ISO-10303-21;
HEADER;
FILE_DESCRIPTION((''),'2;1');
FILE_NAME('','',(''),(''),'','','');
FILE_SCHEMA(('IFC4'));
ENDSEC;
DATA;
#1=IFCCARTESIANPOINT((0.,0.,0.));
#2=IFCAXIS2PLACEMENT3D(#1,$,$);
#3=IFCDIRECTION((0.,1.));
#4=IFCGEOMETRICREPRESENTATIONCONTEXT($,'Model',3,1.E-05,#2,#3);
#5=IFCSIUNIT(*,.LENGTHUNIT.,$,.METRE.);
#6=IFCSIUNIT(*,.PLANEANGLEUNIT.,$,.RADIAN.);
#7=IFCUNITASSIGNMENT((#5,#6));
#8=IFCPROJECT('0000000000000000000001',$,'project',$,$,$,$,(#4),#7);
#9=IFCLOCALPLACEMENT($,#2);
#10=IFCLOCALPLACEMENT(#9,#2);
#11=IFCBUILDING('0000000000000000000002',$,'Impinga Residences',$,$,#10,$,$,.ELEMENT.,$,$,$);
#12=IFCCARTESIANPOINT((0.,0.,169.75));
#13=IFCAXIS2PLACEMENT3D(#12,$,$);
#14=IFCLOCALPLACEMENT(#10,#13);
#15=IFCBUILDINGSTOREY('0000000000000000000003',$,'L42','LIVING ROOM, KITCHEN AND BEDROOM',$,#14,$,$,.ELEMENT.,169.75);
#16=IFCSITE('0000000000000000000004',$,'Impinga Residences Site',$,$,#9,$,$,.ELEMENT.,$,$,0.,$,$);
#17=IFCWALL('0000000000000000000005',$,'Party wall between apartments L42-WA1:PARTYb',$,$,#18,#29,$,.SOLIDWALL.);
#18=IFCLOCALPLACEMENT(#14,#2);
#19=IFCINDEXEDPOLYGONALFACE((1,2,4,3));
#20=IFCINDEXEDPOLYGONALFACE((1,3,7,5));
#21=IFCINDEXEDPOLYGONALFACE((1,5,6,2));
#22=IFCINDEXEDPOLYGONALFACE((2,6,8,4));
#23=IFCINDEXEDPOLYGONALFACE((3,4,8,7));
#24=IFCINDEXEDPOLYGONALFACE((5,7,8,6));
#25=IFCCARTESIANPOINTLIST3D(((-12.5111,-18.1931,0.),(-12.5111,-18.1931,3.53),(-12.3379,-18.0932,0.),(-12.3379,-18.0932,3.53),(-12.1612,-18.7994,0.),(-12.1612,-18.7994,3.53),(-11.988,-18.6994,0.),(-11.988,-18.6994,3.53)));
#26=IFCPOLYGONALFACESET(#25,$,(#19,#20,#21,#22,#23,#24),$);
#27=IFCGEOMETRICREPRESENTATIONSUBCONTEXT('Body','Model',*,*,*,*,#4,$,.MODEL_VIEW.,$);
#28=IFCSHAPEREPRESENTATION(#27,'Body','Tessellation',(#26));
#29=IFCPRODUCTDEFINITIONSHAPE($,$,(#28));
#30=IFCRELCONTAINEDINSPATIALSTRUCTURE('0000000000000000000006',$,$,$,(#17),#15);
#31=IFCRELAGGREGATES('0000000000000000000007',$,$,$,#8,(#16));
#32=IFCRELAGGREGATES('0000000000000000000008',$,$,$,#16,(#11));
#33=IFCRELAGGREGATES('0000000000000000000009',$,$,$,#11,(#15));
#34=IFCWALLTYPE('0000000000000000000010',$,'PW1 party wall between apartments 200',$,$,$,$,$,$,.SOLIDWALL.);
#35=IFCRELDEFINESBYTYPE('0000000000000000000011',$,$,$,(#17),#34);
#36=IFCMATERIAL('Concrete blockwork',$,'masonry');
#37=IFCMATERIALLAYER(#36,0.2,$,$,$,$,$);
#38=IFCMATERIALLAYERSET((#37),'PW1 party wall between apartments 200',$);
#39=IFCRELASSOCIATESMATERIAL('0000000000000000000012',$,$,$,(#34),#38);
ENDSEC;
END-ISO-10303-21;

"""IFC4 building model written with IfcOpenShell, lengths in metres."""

from ifc_helpers import new_model, si_unit, direction, frame, frame_2d, origin, place, context, subcontext, project, spatial, rectangle, extrude, material, layer, layer_set, type_object, element, save


model = new_model("IFC4")

# Units and contexts
model_context = context("Model", 3, precision=1e-05, world=origin(), true_north=direction((0.0, 1.0)))
body_context = subcontext(model_context, "Body", "Model", "MODEL_VIEW")
ifc_project = project(units=[si_unit("LENGTHUNIT", "METRE"), si_unit("PLANEANGLEUNIT", "RADIAN")], contexts=[model_context])

# Site, building, storey
site_placement = place(None, origin())
site = spatial("IfcSite", under=ifc_project, at=site_placement, Name="Impinga Residences Site", CompositionType="ELEMENT", RefElevation=0.0)
building_placement = place(site_placement, origin())
building = spatial("IfcBuilding", under=site, at=building_placement, Name="Impinga Residences", CompositionType="ELEMENT")
storey_placement = place(building_placement, frame((0.0, 0.0, 169.75)))
storey = spatial("IfcBuildingStorey", under=building, at=storey_placement, Name="L42", Description="LIVING ROOM, KITCHEN AND BEDROOM", CompositionType="ELEMENT", Elevation=169.75)

# Wall
ifc_material_1 = material(Name="Concrete blockwork", Category="masonry")
ifc_layer_1 = layer(ifc_material_1, 0.2)
ifc_layer_set_1 = layer_set([ifc_layer_1], Name="PW1 party wall between apartments 200")
wall_type_1 = type_object("IfcWallType", Name="PW1 party wall between apartments 200", PredefinedType="SOLIDWALL", material=ifc_layer_set_1)
wall_1_placement = place(storey_placement, frame((-12.4246, -18.1431, 0.0), z_axis=(0.0, 0.0, 1.0), x_axis=(0.499853, -0.86611, 0.0)))
element("IfcWall", 1, at=wall_1_placement, inside=storey, type_object=wall_type_1, Name="Party wall between apartments L42-WA1:PARTYb", PredefinedType="SOLIDWALL", context=body_context, shape_type="SweptSolid", body=[
    extrude(rectangle(XDim=0.7, YDim=0.2, at=frame_2d((0.3501, 0.0))), origin(), (0.0, 0.0, 1.0), 3.53),
])

save(model, "model.ifc")
